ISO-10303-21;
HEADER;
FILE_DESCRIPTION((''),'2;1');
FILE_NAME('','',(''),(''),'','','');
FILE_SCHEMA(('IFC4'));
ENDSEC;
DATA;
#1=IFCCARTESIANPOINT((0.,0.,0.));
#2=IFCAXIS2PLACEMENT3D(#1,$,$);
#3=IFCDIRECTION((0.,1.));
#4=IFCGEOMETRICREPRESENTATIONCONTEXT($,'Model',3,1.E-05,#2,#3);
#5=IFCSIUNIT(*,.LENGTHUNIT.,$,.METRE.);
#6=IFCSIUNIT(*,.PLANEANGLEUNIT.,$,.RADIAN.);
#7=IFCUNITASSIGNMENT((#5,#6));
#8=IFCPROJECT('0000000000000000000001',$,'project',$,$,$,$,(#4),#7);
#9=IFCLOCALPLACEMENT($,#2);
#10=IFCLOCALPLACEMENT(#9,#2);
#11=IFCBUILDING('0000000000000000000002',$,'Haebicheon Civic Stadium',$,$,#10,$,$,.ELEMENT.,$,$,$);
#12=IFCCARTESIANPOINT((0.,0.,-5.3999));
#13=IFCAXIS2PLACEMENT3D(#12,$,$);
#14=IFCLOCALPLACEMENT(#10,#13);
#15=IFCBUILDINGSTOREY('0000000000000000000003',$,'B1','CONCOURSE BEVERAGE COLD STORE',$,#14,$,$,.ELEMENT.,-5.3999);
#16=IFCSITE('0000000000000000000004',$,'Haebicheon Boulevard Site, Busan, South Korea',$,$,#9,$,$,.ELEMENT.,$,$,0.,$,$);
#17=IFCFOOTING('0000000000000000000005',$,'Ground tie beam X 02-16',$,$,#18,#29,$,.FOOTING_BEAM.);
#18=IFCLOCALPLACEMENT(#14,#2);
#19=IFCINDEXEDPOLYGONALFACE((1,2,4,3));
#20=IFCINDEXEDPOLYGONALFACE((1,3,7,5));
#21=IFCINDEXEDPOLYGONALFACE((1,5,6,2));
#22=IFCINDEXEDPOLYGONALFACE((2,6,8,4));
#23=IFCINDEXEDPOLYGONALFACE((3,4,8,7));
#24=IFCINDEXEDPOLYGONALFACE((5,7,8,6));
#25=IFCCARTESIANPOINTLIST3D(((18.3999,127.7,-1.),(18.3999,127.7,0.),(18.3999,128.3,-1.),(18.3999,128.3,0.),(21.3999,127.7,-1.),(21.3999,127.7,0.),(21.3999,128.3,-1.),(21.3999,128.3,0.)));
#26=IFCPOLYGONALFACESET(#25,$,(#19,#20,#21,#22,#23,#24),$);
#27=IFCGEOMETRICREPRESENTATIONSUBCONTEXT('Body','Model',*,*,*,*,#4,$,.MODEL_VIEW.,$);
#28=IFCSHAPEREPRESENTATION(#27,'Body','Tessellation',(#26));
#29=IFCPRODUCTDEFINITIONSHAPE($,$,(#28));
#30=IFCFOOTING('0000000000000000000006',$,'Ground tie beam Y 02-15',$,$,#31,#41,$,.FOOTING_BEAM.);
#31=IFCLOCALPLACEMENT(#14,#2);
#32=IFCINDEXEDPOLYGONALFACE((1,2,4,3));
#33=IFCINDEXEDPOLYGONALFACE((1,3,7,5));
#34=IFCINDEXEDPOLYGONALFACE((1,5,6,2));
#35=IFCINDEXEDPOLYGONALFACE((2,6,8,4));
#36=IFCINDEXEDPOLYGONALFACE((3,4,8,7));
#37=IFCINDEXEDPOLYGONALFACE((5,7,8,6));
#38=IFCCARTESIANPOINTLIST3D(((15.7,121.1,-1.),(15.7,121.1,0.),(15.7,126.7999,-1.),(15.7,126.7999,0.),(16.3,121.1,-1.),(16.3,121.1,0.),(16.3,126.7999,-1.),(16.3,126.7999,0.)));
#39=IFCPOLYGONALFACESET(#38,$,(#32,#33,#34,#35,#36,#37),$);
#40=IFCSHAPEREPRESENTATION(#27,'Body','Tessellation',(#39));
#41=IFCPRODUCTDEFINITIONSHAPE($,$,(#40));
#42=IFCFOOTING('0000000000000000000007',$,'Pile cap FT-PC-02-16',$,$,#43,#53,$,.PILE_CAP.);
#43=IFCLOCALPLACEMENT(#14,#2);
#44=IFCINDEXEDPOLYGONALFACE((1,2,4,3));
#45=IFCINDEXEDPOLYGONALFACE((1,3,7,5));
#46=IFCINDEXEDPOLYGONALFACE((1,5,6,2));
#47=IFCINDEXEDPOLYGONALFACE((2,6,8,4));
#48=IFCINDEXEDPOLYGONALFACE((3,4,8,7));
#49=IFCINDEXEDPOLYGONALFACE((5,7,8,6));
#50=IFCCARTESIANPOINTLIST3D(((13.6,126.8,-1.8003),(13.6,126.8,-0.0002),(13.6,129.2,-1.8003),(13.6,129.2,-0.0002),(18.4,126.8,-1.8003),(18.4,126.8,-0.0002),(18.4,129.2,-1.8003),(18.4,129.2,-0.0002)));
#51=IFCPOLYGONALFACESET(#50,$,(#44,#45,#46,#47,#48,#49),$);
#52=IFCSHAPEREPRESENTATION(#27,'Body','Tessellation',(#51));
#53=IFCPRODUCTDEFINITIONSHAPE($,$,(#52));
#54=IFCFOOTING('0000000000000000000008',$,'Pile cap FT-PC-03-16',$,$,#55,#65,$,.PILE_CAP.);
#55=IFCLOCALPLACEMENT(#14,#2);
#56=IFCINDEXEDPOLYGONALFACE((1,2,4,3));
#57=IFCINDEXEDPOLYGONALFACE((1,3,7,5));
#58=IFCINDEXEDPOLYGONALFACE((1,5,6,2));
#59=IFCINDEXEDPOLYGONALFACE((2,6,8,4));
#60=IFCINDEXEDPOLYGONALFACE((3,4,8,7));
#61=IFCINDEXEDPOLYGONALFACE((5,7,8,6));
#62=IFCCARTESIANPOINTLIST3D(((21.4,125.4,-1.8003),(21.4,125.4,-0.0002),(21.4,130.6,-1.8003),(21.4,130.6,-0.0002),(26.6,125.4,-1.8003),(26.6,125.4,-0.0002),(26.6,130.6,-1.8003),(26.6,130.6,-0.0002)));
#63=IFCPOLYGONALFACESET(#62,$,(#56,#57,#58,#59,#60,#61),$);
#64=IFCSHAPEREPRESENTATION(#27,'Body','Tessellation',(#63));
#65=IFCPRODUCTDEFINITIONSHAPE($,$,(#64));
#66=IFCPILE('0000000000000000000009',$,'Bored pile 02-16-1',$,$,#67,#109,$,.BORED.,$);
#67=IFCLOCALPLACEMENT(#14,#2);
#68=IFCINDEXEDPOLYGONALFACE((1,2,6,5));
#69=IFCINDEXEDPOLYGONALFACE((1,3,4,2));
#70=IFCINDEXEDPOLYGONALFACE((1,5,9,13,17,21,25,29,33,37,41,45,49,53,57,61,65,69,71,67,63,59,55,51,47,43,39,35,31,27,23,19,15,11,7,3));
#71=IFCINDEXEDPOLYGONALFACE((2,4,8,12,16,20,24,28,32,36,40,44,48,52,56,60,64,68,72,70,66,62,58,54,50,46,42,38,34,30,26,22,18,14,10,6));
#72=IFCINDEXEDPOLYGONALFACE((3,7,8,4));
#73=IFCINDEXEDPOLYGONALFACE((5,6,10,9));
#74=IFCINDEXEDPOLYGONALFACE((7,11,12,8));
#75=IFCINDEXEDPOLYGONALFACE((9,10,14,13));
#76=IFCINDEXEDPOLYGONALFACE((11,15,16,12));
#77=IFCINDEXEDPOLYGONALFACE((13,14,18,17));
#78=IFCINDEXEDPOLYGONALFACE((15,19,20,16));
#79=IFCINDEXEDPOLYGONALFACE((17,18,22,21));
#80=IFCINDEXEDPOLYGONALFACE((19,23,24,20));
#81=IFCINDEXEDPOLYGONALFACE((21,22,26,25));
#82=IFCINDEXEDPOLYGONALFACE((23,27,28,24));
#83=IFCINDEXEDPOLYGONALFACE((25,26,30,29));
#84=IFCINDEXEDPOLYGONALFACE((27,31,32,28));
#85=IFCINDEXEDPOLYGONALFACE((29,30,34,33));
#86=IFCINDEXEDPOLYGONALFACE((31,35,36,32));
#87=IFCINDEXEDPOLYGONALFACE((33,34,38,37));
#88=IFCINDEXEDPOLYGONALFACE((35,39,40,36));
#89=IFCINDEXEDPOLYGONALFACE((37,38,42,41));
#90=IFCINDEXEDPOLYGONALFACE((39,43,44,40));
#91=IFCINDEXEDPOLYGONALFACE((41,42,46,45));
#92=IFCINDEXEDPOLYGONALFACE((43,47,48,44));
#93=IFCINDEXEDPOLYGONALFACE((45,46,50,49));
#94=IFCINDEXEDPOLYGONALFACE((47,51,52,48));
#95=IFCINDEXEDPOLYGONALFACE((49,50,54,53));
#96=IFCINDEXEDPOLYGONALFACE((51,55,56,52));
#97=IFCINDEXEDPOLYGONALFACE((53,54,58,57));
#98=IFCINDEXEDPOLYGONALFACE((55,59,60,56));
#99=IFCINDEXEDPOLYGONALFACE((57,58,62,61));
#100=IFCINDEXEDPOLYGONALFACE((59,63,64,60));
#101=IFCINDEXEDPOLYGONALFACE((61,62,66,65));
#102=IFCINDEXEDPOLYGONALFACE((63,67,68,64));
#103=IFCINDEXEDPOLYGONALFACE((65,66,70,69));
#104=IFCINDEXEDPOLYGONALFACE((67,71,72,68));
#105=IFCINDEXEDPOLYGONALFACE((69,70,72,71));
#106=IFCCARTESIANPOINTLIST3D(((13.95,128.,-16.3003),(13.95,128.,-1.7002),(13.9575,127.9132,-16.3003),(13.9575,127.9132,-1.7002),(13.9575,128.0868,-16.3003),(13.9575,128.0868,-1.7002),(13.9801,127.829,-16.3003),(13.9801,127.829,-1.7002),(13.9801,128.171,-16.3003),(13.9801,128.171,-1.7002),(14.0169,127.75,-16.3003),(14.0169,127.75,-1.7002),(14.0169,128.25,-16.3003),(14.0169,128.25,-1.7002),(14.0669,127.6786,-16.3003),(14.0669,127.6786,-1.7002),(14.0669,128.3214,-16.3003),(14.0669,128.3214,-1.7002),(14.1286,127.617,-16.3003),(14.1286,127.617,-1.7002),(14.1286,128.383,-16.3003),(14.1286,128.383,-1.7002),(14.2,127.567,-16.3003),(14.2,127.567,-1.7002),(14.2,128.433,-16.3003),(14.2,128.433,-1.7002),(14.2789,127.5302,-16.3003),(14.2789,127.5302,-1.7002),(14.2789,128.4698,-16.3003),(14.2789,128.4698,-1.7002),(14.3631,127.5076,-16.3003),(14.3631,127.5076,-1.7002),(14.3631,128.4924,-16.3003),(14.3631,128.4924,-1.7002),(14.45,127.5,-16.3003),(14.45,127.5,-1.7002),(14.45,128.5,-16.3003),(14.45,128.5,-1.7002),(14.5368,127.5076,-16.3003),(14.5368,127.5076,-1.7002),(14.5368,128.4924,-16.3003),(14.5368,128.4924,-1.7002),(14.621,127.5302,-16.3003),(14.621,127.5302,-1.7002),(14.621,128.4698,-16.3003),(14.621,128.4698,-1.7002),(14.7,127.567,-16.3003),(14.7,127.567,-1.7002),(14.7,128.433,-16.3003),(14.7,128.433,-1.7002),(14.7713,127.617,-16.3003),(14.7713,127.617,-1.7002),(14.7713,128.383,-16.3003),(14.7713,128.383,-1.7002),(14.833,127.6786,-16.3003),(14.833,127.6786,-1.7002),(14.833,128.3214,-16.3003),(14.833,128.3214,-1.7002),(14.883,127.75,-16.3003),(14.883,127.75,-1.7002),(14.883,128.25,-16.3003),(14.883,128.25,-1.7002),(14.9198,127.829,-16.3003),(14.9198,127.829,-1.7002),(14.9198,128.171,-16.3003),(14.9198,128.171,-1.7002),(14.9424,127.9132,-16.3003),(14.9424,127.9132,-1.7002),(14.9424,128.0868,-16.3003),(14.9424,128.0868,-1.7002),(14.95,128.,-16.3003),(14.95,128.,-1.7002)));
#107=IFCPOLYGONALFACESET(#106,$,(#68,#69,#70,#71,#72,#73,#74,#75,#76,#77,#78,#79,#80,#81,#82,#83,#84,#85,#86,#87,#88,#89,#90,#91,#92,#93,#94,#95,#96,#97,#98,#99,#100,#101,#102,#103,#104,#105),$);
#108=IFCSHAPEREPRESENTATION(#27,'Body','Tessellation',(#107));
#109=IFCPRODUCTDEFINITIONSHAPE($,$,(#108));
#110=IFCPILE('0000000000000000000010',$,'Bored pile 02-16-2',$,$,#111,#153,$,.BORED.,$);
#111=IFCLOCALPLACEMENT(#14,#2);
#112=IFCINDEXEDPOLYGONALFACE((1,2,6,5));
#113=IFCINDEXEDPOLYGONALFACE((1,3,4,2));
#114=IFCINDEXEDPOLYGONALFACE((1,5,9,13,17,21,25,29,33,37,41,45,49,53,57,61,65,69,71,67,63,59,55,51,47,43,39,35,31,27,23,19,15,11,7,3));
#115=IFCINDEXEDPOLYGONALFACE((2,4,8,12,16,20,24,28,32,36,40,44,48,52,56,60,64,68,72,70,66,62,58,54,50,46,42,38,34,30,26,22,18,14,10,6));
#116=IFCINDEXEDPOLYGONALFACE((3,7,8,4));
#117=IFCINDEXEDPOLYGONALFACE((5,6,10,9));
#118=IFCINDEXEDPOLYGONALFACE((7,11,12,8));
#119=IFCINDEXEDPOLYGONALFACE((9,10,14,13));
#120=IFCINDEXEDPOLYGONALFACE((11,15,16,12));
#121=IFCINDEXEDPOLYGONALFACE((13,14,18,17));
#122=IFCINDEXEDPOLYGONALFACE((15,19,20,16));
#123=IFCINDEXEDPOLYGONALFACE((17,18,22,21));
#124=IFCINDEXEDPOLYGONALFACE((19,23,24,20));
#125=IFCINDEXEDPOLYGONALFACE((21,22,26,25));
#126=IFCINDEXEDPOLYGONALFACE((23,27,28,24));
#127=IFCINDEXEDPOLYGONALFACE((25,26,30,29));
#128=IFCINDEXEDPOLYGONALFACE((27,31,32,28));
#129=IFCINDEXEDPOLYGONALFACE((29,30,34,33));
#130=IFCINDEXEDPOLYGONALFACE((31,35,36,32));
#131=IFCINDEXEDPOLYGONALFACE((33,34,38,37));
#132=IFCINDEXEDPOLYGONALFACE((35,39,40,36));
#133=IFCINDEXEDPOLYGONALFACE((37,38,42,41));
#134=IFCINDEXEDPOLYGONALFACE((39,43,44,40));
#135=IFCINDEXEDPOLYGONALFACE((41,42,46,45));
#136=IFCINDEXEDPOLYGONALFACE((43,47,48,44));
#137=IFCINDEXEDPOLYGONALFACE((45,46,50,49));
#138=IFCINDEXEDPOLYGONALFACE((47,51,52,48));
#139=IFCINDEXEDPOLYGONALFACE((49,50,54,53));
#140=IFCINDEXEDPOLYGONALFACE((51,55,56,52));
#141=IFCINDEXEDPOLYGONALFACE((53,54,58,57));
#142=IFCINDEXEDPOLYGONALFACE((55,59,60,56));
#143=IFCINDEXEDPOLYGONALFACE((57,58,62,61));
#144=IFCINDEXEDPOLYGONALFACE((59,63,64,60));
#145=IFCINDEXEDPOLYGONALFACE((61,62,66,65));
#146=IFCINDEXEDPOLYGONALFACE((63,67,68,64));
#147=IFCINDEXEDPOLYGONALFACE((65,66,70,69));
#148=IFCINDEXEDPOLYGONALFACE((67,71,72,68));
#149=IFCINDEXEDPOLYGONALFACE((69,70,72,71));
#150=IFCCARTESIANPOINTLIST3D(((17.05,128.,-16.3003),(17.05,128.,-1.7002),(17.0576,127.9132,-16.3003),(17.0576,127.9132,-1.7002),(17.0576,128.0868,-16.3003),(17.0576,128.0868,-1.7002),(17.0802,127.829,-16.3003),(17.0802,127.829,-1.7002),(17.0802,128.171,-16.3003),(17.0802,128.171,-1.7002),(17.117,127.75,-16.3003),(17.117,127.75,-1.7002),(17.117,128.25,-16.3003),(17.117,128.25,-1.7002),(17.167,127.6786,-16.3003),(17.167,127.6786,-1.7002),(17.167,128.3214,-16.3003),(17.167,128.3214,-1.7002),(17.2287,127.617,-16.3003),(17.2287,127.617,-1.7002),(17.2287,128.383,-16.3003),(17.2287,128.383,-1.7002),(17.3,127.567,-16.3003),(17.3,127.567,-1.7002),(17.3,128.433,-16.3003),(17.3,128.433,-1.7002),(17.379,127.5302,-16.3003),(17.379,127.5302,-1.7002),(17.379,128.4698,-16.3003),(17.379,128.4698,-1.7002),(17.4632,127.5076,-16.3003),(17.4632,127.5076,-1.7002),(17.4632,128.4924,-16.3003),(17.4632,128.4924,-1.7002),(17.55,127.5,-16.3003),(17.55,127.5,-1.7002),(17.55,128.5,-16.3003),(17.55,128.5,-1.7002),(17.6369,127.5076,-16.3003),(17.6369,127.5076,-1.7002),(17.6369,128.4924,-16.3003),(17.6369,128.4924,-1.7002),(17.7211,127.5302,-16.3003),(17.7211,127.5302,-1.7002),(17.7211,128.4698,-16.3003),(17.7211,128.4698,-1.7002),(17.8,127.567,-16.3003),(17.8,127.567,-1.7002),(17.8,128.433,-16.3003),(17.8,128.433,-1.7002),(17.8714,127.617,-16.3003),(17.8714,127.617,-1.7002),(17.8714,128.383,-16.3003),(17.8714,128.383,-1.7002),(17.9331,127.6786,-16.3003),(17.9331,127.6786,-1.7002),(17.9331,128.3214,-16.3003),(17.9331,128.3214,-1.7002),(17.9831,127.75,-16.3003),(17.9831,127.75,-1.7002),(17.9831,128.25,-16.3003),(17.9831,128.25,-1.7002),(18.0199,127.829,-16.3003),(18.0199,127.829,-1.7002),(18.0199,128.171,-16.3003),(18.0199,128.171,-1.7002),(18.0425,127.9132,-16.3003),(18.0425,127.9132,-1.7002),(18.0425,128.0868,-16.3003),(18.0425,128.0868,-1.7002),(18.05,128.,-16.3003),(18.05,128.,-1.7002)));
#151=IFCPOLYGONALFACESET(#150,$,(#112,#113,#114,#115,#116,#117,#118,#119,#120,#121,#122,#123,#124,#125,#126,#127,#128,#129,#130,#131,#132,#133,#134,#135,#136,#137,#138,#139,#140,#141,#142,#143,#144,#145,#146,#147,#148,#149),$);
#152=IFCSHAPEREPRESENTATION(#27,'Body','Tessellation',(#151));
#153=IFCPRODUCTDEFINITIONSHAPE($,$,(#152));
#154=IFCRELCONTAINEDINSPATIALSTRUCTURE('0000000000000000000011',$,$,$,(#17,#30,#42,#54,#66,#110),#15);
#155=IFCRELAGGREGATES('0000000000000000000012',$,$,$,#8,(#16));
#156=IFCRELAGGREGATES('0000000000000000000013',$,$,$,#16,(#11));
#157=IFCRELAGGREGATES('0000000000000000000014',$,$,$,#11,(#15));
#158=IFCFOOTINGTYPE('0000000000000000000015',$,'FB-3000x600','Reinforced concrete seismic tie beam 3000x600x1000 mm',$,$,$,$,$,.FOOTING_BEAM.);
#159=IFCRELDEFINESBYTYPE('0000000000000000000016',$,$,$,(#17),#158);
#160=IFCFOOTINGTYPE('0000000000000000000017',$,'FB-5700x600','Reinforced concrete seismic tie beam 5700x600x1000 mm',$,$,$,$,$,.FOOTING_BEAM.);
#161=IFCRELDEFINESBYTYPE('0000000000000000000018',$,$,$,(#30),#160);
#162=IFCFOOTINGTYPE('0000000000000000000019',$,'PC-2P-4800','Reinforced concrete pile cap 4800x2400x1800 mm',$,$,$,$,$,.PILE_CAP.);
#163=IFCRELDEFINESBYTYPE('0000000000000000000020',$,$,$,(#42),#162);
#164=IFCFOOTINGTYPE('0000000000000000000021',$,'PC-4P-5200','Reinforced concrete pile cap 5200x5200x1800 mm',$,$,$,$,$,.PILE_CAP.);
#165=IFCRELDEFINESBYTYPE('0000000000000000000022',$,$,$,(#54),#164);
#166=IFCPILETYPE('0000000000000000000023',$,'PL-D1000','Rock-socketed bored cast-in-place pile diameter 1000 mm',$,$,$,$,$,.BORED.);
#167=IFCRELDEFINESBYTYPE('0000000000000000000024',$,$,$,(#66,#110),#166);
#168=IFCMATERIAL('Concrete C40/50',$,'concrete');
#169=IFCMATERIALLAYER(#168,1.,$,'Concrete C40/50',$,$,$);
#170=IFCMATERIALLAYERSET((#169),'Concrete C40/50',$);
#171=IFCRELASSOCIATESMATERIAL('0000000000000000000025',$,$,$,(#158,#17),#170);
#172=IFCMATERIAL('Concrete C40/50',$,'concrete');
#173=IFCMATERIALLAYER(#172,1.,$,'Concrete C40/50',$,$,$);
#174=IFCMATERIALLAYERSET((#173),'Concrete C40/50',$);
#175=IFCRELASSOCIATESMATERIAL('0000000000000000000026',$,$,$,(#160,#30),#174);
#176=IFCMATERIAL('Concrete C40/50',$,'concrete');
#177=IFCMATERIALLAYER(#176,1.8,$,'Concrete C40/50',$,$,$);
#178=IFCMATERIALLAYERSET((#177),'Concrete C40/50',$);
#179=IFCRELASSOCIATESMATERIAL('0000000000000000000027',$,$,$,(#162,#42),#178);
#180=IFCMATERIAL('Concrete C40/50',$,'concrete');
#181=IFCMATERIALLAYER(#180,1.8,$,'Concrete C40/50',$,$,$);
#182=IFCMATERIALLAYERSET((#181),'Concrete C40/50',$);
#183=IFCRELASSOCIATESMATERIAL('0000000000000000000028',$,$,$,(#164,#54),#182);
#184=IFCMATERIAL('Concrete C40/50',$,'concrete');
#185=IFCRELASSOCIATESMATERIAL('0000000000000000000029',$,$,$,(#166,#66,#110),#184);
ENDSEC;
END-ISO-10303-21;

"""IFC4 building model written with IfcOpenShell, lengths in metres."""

from ifc_helpers import new_model, si_unit, direction, frame, origin, origin_2d, place, context, subcontext, project, spatial, rectangle, circle, extrude, material, layer, layer_set, material_profile, profile_set, type_object, element, save


model = new_model("IFC4")

# Units and contexts
model_context = context("Model", 3, precision=1e-05, world=origin(), true_north=direction((0.0, 1.0)))
body_context = subcontext(model_context, "Body", "Model", "MODEL_VIEW")
ifc_project = project(units=[si_unit("LENGTHUNIT", "METRE"), si_unit("PLANEANGLEUNIT", "RADIAN")], contexts=[model_context])

# Site, building, storey
site_placement = place(None, origin())
site = spatial("IfcSite", under=ifc_project, at=site_placement, Name="Haebicheon Boulevard Site, Busan, South Korea", CompositionType="ELEMENT", RefElevation=0.0)
building_placement = place(site_placement, origin())
building = spatial("IfcBuilding", under=site, at=building_placement, Name="Haebicheon Civic Stadium", CompositionType="ELEMENT")
storey_placement = place(building_placement, frame((0.0, 0.0, -5.3999)))
storey = spatial("IfcBuildingStorey", under=building, at=storey_placement, Name="B1", Description="CONCOURSE BEVERAGE COLD STORE", CompositionType="ELEMENT", Elevation=-5.3999)

# Footings
ifc_material_1 = material(Name="Concrete C40/50", Category="concrete")
ifc_layer_1 = layer(ifc_material_1, 1.0, Name="Concrete C40/50")
ifc_layer_set_1 = layer_set([ifc_layer_1], Name="Concrete C40/50")
footing_type_1 = type_object("IfcFootingType", Name="FB-3000x600", Description="Reinforced concrete seismic tie beam 3000x600x1000 mm", PredefinedType="FOOTING_BEAM", material=ifc_layer_set_1)
footing_1_placement = place(storey_placement, frame((19.8999, 128.0, -1.0), z_axis=(0.0, 0.0, 1.0), x_axis=(1.0, 0.0, 0.0)))
element("IfcFooting", 1, at=footing_1_placement, inside=storey, type_object=footing_type_1, material=ifc_layer_set_1, Name="Ground tie beam X 02-16", PredefinedType="FOOTING_BEAM", context=body_context, shape_type="SweptSolid", body=[
    extrude(rectangle(XDim=3.0, YDim=0.6001, at=origin_2d()), origin(), (0.0, 0.0, 1.0), 1.0),
])
ifc_material_2 = material(Name="Concrete C40/50", Category="concrete")
ifc_layer_2 = layer(ifc_material_2, 1.0, Name="Concrete C40/50")
ifc_layer_set_2 = layer_set([ifc_layer_2], Name="Concrete C40/50")
footing_type_2 = type_object("IfcFootingType", Name="FB-5700x600", Description="Reinforced concrete seismic tie beam 5700x600x1000 mm", PredefinedType="FOOTING_BEAM", material=ifc_layer_set_2)
footing_2_placement = place(storey_placement, frame((16.0, 123.95, -1.0), z_axis=(0.0, 0.0, 1.0), x_axis=(0.0, 1.0, 0.0)))
element("IfcFooting", 2, at=footing_2_placement, inside=storey, type_object=footing_type_2, material=ifc_layer_set_2, Name="Ground tie beam Y 02-15", PredefinedType="FOOTING_BEAM", context=body_context, shape_type="SweptSolid", body=[
    extrude(rectangle(XDim=5.7, YDim=0.6001, at=origin_2d()), origin(), (0.0, 0.0, 1.0), 1.0),
])
ifc_material_3 = material(Name="Concrete C40/50", Category="concrete")
ifc_layer_3 = layer(ifc_material_3, 1.8, Name="Concrete C40/50")
ifc_layer_set_3 = layer_set([ifc_layer_3], Name="Concrete C40/50")
footing_type_3 = type_object("IfcFootingType", Name="PC-2P-4800", Description="Reinforced concrete pile cap 4800x2400x1800 mm", PredefinedType="PILE_CAP", material=ifc_layer_set_3)
footing_3_placement = place(storey_placement, frame((16.0, 128.0, -1.8003), z_axis=(0.0, 0.0, 1.0), x_axis=(1.0, 0.0, 0.0)))
element("IfcFooting", 3, at=footing_3_placement, inside=storey, type_object=footing_type_3, material=ifc_layer_set_3, Name="Pile cap FT-PC-02-16", PredefinedType="PILE_CAP", context=body_context, shape_type="SweptSolid", body=[
    extrude(rectangle(XDim=4.8, YDim=2.3999, at=origin_2d()), origin(), (0.0, 0.0, 1.0), 1.8),
])
ifc_material_4 = material(Name="Concrete C40/50", Category="concrete")
ifc_layer_4 = layer(ifc_material_4, 1.8, Name="Concrete C40/50")
ifc_layer_set_4 = layer_set([ifc_layer_4], Name="Concrete C40/50")
footing_type_4 = type_object("IfcFootingType", Name="PC-4P-5200", Description="Reinforced concrete pile cap 5200x5200x1800 mm", PredefinedType="PILE_CAP", material=ifc_layer_set_4)
footing_4_placement = place(storey_placement, frame((24.0, 128.0, -1.8003), z_axis=(0.0, 0.0, 1.0), x_axis=(1.0, 0.0, 0.0)))
element("IfcFooting", 4, at=footing_4_placement, inside=storey, type_object=footing_type_4, material=ifc_layer_set_4, Name="Pile cap FT-PC-03-16", PredefinedType="PILE_CAP", context=body_context, shape_type="SweptSolid", body=[
    extrude(rectangle(XDim=5.2, YDim=5.2, at=origin_2d()), origin(), (0.0, 0.0, 1.0), 1.8),
])

# Piles
ifc_material_5 = material(Name="Concrete C40/50", Category="concrete")
ifc_material_profile_1 = material_profile(ifc_material_5, circle(Radius=0.5, at=origin_2d()), Name="PILE-D1000")
ifc_profile_set_1 = profile_set([ifc_material_profile_1], Name="Concrete C40/50")
pile_type_1 = type_object("IfcPileType", Name="PL-D1000", Description="Rock-socketed bored cast-in-place pile diameter 1000 mm", PredefinedType="BORED", material=ifc_profile_set_1)
for number, where, z_axis, x_axis, name in (
    (5, (14.45, 128.0, -1.7002), (0.0, 0.0, -1.0), (1.0, 0.0, 0.0), "Bored pile 02-16-1"),
    (6, (17.55, 128.0, -1.7002), (0.0, 0.0, -1.0), (1.0, 0.0, 0.0), "Bored pile 02-16-2"),
):
    element("IfcPile", number, at=place(storey_placement, frame(where, z_axis=z_axis, x_axis=x_axis)), inside=storey, type_object=pile_type_1, material=ifc_profile_set_1, Name=name, PredefinedType="BORED", context=body_context, shape_type="SweptSolid", body=[
        extrude(circle(Radius=0.5, at=origin_2d()), origin(), (0.0, 0.0, 1.0), 14.6001),
    ])

save(model, "model.ifc")
